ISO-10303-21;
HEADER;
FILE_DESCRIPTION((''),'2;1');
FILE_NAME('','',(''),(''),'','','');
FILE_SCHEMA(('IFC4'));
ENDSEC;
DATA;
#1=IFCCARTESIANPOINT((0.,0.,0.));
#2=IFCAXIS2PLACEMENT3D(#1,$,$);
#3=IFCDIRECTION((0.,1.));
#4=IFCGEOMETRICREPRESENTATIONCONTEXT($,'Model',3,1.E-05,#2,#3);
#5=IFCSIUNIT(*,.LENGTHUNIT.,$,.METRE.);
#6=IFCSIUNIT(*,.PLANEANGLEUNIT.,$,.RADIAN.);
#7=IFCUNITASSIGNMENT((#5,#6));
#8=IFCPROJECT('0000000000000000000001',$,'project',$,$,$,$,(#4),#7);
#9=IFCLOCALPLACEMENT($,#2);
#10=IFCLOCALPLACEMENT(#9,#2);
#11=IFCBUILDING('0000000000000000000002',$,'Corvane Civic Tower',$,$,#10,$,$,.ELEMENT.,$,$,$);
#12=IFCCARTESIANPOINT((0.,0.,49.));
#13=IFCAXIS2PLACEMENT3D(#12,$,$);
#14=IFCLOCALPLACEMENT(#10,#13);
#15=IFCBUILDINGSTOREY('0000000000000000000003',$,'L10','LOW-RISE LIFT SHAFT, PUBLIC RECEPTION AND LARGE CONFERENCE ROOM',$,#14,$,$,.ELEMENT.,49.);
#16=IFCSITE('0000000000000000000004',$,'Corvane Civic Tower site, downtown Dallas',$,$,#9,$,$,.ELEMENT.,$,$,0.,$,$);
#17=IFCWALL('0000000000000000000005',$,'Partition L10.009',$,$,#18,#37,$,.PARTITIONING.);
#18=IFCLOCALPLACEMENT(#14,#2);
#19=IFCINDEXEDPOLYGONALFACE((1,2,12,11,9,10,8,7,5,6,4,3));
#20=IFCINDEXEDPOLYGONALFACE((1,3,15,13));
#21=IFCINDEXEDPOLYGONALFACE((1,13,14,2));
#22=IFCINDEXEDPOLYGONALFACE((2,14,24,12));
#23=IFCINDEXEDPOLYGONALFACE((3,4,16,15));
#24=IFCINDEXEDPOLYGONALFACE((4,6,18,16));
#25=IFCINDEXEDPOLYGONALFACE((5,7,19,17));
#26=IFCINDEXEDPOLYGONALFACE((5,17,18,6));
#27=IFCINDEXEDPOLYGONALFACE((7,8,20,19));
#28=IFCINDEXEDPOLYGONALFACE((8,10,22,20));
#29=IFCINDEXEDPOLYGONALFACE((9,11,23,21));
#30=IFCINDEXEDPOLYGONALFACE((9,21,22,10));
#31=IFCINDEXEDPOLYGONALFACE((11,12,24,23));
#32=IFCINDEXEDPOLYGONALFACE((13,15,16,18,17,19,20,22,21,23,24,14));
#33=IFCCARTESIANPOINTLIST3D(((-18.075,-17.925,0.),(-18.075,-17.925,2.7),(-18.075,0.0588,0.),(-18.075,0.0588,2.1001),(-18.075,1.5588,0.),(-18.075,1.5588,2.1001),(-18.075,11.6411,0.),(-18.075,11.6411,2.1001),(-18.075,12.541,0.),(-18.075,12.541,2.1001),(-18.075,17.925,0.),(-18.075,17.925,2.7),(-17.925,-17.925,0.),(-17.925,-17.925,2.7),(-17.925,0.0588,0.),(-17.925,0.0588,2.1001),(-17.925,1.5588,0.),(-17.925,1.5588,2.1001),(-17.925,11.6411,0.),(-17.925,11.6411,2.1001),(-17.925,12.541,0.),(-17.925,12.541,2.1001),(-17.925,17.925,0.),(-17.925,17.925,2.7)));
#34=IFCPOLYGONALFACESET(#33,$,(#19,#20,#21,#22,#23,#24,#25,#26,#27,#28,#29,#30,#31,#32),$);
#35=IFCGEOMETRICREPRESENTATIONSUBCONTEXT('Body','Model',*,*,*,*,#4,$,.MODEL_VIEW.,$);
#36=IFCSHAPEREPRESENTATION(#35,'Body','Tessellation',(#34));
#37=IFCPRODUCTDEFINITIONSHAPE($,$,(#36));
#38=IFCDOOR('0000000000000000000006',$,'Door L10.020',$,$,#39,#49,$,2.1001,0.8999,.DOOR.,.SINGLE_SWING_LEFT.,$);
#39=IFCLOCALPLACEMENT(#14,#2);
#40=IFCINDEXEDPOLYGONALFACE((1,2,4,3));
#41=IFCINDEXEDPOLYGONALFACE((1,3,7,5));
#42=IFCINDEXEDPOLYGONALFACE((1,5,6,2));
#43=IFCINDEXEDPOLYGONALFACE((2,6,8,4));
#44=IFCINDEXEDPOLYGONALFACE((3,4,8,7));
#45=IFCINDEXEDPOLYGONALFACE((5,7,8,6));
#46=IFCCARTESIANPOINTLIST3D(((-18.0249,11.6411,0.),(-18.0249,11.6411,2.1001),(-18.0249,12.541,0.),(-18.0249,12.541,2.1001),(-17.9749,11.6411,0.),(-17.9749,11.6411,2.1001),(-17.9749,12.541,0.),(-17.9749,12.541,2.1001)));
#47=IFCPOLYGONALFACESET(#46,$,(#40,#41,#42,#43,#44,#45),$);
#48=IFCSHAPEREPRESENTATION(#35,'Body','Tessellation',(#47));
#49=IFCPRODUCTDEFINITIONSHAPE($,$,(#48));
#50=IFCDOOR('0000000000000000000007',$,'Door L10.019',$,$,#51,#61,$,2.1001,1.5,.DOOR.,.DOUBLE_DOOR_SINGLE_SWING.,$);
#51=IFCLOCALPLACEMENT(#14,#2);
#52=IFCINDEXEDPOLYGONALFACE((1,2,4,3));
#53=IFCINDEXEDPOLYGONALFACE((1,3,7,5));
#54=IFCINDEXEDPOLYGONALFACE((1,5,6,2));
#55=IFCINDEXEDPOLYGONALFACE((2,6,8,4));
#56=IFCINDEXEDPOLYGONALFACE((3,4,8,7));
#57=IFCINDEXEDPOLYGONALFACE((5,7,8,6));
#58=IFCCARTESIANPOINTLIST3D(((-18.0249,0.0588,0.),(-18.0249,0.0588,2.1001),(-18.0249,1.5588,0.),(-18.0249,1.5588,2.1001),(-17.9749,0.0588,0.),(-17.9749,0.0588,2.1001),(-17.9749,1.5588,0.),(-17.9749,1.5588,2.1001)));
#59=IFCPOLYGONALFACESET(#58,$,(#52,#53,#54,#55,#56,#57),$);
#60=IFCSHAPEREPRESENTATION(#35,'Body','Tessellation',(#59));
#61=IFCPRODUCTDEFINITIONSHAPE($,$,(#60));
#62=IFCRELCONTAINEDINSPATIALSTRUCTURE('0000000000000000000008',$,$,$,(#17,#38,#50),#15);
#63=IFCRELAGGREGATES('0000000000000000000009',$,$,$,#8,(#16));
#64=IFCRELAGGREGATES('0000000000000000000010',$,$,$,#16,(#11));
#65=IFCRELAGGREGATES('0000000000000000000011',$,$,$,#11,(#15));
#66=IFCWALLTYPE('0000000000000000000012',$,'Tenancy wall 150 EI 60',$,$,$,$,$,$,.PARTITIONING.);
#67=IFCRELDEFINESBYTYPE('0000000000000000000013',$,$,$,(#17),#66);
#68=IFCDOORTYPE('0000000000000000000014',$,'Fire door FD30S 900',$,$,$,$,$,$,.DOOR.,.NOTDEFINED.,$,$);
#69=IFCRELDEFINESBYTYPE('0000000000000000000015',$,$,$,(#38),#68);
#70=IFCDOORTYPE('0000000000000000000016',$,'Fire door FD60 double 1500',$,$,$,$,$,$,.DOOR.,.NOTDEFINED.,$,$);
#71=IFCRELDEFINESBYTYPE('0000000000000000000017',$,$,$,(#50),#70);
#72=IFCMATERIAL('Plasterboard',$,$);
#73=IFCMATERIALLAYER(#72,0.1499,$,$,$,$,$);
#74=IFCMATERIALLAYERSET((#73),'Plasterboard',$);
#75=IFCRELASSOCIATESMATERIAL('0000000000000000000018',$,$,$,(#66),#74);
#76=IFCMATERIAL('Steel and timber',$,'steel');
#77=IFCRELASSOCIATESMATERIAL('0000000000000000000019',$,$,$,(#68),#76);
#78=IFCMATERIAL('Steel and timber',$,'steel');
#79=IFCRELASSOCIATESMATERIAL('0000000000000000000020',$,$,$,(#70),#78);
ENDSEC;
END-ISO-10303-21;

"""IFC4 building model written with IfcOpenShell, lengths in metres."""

from ifc_helpers import new_model, si_unit, direction, frame, frame_2d, origin, place, context, subcontext, project, spatial, rectangle, extrude, material, layer, layer_set, type_object, element, fill, save


model = new_model("IFC4")

# Units and contexts
model_context = context("Model", 3, precision=1e-05, world=origin(), true_north=direction((0.0, 1.0)))
body_context = subcontext(model_context, "Body", "Model", "MODEL_VIEW")
ifc_project = project(units=[si_unit("LENGTHUNIT", "METRE"), si_unit("PLANEANGLEUNIT", "RADIAN")], contexts=[model_context])

# Site, building, storey
site_placement = place(None, origin())
site = spatial("IfcSite", under=ifc_project, at=site_placement, Name="Corvane Civic Tower site, downtown Dallas", CompositionType="ELEMENT", RefElevation=0.0)
building_placement = place(site_placement, origin())
building = spatial("IfcBuilding", under=site, at=building_placement, Name="Corvane Civic Tower", CompositionType="ELEMENT")
storey_placement = place(building_placement, frame((0.0, 0.0, 49.0)))
storey = spatial("IfcBuildingStorey", under=building, at=storey_placement, Name="L10", Description="LOW-RISE LIFT SHAFT, PUBLIC RECEPTION AND LARGE CONFERENCE ROOM", CompositionType="ELEMENT", Elevation=49.0)

# Wall, openings, doors
ifc_material_1 = material(Name="Plasterboard")
ifc_layer_1 = layer(ifc_material_1, 0.1499)
ifc_layer_set_1 = layer_set([ifc_layer_1], Name="Plasterboard")
wall_type_1 = type_object("IfcWallType", Name="Tenancy wall 150 EI 60", PredefinedType="PARTITIONING", material=ifc_layer_set_1)
ifc_material_2 = material(Name="Steel and timber", Category="steel")
door_type_1 = type_object("IfcDoorType", Name="Fire door FD30S 900", OperationType="NOTDEFINED", PredefinedType="DOOR", material=ifc_material_2)
ifc_material_3 = material(Name="Steel and timber", Category="steel")
door_type_2 = type_object("IfcDoorType", Name="Fire door FD60 double 1500", OperationType="NOTDEFINED", PredefinedType="DOOR", material=ifc_material_3)
wall_1_placement = place(storey_placement, frame((-18.0, -17.925, 0.0), z_axis=(0.0, 0.0, 1.0), x_axis=(0.0, 1.0, 0.0)))
wall_1 = element("IfcWall", 1, at=wall_1_placement, inside=storey, type_object=wall_type_1, Name="Partition L10.009", PredefinedType="PARTITIONING", context=body_context, shape_type="SweptSolid", body=[
    extrude(rectangle(XDim=35.8501, YDim=0.1499, at=frame_2d((17.925, 0.0))), origin(), (0.0, 0.0, 1.0), 2.7),
])
opening_1_placement = place(wall_1_placement, frame((17.9839, 0.0, 0.0)))
opening_1 = element("IfcOpeningElement", 2, at=opening_1_placement, cuts=wall_1, PredefinedType="OPENING", context=body_context, shape_type="SweptSolid", body=[
    extrude(rectangle(XDim=1.5, YDim=2.1001, at=frame_2d((0.75, 1.05))), frame((0.0, 0.085, 0.0), z_axis=(0.0, -1.0, 0.0), x_axis=(1.0, 0.0, 0.0)), (0.0, 0.0, 1.0), 0.1699),
])
opening_2_placement = place(wall_1_placement, frame((29.5662, 0.0, 0.0)))
opening_2 = element("IfcOpeningElement", 3, at=opening_2_placement, cuts=wall_1, PredefinedType="OPENING", context=body_context, shape_type="SweptSolid", body=[
    extrude(rectangle(XDim=0.8999, YDim=2.1001, at=frame_2d((0.45, 1.05))), frame((0.0, 0.085, 0.0), z_axis=(0.0, -1.0, 0.0), x_axis=(1.0, 0.0, 0.0)), (0.0, 0.0, 1.0), 0.1699),
])
door_1_placement = place(opening_2_placement, origin())
door_1 = element("IfcDoor", 4, at=door_1_placement, inside=storey, type_object=door_type_1, Name="Door L10.020", OperationType="SINGLE_SWING_LEFT", OverallHeight=2.1001, OverallWidth=0.8999, PredefinedType="DOOR", context=body_context, shape_type="SweptSolid", body=[
    extrude(rectangle(XDim=0.8999, YDim=2.1001, at=frame_2d((0.45, 1.05))), frame((0.0, 0.0249, 0.0), z_axis=(0.0, -1.0, 0.0), x_axis=(1.0, 0.0, 0.0)), (0.0, 0.0, 1.0), 0.05),
])
fill(opening_2, door_1)
door_2_placement = place(opening_1_placement, origin())
door_2 = element("IfcDoor", 5, at=door_2_placement, inside=storey, type_object=door_type_2, Name="Door L10.019", OperationType="DOUBLE_DOOR_SINGLE_SWING", OverallHeight=2.1001, OverallWidth=1.5, PredefinedType="DOOR", context=body_context, shape_type="SweptSolid", body=[
    extrude(rectangle(XDim=1.5, YDim=2.1001, at=frame_2d((0.75, 1.05))), frame((0.0, 0.0249, 0.0), z_axis=(0.0, -1.0, 0.0), x_axis=(1.0, 0.0, 0.0)), (0.0, 0.0, 1.0), 0.05),
])
fill(opening_1, door_2)

save(model, "model.ifc")
